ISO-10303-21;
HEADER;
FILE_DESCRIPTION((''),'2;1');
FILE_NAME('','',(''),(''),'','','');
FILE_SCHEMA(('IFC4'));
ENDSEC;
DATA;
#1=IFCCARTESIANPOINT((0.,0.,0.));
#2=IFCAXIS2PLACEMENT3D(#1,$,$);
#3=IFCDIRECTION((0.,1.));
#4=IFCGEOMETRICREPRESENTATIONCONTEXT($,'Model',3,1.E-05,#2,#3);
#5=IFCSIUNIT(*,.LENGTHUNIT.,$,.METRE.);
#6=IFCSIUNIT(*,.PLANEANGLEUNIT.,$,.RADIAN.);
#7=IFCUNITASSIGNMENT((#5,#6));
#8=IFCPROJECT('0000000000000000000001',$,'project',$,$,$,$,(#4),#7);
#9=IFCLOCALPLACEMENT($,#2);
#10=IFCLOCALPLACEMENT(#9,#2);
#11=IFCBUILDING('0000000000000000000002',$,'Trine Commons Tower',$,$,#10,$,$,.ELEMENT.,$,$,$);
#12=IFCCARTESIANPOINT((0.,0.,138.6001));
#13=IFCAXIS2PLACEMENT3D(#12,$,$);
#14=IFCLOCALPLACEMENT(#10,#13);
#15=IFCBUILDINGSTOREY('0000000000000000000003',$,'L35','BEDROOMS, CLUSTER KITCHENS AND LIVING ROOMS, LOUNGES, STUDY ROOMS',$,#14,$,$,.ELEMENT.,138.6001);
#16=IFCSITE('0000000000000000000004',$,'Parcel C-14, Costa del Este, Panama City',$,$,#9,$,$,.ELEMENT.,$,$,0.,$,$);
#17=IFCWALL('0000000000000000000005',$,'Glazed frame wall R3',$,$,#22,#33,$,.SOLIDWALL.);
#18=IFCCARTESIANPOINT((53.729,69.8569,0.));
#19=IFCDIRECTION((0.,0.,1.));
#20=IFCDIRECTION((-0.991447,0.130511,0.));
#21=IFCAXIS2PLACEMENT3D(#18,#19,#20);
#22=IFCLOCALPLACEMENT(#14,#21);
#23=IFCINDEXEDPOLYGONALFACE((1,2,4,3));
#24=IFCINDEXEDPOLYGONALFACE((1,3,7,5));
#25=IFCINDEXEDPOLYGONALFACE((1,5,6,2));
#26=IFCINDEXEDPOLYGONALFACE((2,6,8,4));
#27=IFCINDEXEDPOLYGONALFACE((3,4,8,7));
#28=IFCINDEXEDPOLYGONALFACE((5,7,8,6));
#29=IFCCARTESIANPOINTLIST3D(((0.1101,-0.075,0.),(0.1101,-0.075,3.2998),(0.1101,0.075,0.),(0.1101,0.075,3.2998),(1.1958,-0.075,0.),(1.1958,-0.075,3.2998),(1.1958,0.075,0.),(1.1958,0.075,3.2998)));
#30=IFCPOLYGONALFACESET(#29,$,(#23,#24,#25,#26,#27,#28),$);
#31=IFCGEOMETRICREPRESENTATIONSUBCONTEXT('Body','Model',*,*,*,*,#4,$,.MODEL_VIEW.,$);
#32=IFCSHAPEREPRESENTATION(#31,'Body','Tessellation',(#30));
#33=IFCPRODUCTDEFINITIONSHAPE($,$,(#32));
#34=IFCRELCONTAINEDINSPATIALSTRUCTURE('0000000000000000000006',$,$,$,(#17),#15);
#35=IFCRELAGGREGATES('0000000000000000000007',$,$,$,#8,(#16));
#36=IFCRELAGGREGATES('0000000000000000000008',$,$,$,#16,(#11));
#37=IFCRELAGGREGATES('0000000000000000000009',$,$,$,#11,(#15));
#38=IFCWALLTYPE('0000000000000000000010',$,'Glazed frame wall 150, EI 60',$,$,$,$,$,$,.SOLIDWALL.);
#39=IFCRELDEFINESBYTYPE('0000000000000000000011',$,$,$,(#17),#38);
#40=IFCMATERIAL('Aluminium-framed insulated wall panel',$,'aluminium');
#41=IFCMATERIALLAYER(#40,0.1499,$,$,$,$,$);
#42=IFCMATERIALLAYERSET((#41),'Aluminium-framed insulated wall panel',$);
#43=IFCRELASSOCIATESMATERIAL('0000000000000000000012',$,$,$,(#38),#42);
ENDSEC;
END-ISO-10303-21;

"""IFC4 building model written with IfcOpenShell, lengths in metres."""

from ifc_helpers import new_model, si_unit, direction, frame, origin, place, context, subcontext, project, spatial, polyline, outline, extrude, material, layer, layer_set, type_object, element, save


model = new_model("IFC4")

# Units and contexts
model_context = context("Model", 3, precision=1e-05, world=origin(), true_north=direction((0.0, 1.0)))
body_context = subcontext(model_context, "Body", "Model", "MODEL_VIEW")
ifc_project = project(units=[si_unit("LENGTHUNIT", "METRE"), si_unit("PLANEANGLEUNIT", "RADIAN")], contexts=[model_context])

# Site, building, storey
site_placement = place(None, origin())
site = spatial("IfcSite", under=ifc_project, at=site_placement, Name="Parcel C-14, Costa del Este, Panama City", CompositionType="ELEMENT", RefElevation=0.0)
building_placement = place(site_placement, origin())
building = spatial("IfcBuilding", under=site, at=building_placement, Name="Trine Commons Tower", CompositionType="ELEMENT")
storey_placement = place(building_placement, frame((0.0, 0.0, 138.6001)))
storey = spatial("IfcBuildingStorey", under=building, at=storey_placement, Name="L35", Description="BEDROOMS, CLUSTER KITCHENS AND LIVING ROOMS, LOUNGES, STUDY ROOMS", CompositionType="ELEMENT", Elevation=138.6001)

# Shared definitions
ifc_material_1 = material(Name="Aluminium-framed insulated wall panel", Category="aluminium")
ifc_layer_1 = layer(ifc_material_1, 0.1499)
ifc_layer_set_1 = layer_set([ifc_layer_1], Name="Aluminium-framed insulated wall panel")
wall_type_1 = type_object("IfcWallType", Name="Glazed frame wall 150, EI 60", PredefinedType="SOLIDWALL", material=ifc_layer_set_1)

# Wall
wall_1_placement = place(storey_placement, frame((53.729, 69.8569, 0.0), z_axis=(0.0, 0.0, 1.0), x_axis=(-0.991447, 0.130511, 0.0)))
element("IfcWall", 1, at=wall_1_placement, inside=storey, type_object=wall_type_1, Name="Glazed frame wall R3", PredefinedType="SOLIDWALL", context=body_context, shape_type="SweptSolid", body=[
    extrude(outline(polyline([(0.1101, 0.075), (0.1101, -0.075), (1.1958, -0.075), (1.1958, 0.075), (0.1101, 0.075)])), origin(), (0.0, 0.0, 1.0), 3.2998),
])

save(model, "model.ifc")
